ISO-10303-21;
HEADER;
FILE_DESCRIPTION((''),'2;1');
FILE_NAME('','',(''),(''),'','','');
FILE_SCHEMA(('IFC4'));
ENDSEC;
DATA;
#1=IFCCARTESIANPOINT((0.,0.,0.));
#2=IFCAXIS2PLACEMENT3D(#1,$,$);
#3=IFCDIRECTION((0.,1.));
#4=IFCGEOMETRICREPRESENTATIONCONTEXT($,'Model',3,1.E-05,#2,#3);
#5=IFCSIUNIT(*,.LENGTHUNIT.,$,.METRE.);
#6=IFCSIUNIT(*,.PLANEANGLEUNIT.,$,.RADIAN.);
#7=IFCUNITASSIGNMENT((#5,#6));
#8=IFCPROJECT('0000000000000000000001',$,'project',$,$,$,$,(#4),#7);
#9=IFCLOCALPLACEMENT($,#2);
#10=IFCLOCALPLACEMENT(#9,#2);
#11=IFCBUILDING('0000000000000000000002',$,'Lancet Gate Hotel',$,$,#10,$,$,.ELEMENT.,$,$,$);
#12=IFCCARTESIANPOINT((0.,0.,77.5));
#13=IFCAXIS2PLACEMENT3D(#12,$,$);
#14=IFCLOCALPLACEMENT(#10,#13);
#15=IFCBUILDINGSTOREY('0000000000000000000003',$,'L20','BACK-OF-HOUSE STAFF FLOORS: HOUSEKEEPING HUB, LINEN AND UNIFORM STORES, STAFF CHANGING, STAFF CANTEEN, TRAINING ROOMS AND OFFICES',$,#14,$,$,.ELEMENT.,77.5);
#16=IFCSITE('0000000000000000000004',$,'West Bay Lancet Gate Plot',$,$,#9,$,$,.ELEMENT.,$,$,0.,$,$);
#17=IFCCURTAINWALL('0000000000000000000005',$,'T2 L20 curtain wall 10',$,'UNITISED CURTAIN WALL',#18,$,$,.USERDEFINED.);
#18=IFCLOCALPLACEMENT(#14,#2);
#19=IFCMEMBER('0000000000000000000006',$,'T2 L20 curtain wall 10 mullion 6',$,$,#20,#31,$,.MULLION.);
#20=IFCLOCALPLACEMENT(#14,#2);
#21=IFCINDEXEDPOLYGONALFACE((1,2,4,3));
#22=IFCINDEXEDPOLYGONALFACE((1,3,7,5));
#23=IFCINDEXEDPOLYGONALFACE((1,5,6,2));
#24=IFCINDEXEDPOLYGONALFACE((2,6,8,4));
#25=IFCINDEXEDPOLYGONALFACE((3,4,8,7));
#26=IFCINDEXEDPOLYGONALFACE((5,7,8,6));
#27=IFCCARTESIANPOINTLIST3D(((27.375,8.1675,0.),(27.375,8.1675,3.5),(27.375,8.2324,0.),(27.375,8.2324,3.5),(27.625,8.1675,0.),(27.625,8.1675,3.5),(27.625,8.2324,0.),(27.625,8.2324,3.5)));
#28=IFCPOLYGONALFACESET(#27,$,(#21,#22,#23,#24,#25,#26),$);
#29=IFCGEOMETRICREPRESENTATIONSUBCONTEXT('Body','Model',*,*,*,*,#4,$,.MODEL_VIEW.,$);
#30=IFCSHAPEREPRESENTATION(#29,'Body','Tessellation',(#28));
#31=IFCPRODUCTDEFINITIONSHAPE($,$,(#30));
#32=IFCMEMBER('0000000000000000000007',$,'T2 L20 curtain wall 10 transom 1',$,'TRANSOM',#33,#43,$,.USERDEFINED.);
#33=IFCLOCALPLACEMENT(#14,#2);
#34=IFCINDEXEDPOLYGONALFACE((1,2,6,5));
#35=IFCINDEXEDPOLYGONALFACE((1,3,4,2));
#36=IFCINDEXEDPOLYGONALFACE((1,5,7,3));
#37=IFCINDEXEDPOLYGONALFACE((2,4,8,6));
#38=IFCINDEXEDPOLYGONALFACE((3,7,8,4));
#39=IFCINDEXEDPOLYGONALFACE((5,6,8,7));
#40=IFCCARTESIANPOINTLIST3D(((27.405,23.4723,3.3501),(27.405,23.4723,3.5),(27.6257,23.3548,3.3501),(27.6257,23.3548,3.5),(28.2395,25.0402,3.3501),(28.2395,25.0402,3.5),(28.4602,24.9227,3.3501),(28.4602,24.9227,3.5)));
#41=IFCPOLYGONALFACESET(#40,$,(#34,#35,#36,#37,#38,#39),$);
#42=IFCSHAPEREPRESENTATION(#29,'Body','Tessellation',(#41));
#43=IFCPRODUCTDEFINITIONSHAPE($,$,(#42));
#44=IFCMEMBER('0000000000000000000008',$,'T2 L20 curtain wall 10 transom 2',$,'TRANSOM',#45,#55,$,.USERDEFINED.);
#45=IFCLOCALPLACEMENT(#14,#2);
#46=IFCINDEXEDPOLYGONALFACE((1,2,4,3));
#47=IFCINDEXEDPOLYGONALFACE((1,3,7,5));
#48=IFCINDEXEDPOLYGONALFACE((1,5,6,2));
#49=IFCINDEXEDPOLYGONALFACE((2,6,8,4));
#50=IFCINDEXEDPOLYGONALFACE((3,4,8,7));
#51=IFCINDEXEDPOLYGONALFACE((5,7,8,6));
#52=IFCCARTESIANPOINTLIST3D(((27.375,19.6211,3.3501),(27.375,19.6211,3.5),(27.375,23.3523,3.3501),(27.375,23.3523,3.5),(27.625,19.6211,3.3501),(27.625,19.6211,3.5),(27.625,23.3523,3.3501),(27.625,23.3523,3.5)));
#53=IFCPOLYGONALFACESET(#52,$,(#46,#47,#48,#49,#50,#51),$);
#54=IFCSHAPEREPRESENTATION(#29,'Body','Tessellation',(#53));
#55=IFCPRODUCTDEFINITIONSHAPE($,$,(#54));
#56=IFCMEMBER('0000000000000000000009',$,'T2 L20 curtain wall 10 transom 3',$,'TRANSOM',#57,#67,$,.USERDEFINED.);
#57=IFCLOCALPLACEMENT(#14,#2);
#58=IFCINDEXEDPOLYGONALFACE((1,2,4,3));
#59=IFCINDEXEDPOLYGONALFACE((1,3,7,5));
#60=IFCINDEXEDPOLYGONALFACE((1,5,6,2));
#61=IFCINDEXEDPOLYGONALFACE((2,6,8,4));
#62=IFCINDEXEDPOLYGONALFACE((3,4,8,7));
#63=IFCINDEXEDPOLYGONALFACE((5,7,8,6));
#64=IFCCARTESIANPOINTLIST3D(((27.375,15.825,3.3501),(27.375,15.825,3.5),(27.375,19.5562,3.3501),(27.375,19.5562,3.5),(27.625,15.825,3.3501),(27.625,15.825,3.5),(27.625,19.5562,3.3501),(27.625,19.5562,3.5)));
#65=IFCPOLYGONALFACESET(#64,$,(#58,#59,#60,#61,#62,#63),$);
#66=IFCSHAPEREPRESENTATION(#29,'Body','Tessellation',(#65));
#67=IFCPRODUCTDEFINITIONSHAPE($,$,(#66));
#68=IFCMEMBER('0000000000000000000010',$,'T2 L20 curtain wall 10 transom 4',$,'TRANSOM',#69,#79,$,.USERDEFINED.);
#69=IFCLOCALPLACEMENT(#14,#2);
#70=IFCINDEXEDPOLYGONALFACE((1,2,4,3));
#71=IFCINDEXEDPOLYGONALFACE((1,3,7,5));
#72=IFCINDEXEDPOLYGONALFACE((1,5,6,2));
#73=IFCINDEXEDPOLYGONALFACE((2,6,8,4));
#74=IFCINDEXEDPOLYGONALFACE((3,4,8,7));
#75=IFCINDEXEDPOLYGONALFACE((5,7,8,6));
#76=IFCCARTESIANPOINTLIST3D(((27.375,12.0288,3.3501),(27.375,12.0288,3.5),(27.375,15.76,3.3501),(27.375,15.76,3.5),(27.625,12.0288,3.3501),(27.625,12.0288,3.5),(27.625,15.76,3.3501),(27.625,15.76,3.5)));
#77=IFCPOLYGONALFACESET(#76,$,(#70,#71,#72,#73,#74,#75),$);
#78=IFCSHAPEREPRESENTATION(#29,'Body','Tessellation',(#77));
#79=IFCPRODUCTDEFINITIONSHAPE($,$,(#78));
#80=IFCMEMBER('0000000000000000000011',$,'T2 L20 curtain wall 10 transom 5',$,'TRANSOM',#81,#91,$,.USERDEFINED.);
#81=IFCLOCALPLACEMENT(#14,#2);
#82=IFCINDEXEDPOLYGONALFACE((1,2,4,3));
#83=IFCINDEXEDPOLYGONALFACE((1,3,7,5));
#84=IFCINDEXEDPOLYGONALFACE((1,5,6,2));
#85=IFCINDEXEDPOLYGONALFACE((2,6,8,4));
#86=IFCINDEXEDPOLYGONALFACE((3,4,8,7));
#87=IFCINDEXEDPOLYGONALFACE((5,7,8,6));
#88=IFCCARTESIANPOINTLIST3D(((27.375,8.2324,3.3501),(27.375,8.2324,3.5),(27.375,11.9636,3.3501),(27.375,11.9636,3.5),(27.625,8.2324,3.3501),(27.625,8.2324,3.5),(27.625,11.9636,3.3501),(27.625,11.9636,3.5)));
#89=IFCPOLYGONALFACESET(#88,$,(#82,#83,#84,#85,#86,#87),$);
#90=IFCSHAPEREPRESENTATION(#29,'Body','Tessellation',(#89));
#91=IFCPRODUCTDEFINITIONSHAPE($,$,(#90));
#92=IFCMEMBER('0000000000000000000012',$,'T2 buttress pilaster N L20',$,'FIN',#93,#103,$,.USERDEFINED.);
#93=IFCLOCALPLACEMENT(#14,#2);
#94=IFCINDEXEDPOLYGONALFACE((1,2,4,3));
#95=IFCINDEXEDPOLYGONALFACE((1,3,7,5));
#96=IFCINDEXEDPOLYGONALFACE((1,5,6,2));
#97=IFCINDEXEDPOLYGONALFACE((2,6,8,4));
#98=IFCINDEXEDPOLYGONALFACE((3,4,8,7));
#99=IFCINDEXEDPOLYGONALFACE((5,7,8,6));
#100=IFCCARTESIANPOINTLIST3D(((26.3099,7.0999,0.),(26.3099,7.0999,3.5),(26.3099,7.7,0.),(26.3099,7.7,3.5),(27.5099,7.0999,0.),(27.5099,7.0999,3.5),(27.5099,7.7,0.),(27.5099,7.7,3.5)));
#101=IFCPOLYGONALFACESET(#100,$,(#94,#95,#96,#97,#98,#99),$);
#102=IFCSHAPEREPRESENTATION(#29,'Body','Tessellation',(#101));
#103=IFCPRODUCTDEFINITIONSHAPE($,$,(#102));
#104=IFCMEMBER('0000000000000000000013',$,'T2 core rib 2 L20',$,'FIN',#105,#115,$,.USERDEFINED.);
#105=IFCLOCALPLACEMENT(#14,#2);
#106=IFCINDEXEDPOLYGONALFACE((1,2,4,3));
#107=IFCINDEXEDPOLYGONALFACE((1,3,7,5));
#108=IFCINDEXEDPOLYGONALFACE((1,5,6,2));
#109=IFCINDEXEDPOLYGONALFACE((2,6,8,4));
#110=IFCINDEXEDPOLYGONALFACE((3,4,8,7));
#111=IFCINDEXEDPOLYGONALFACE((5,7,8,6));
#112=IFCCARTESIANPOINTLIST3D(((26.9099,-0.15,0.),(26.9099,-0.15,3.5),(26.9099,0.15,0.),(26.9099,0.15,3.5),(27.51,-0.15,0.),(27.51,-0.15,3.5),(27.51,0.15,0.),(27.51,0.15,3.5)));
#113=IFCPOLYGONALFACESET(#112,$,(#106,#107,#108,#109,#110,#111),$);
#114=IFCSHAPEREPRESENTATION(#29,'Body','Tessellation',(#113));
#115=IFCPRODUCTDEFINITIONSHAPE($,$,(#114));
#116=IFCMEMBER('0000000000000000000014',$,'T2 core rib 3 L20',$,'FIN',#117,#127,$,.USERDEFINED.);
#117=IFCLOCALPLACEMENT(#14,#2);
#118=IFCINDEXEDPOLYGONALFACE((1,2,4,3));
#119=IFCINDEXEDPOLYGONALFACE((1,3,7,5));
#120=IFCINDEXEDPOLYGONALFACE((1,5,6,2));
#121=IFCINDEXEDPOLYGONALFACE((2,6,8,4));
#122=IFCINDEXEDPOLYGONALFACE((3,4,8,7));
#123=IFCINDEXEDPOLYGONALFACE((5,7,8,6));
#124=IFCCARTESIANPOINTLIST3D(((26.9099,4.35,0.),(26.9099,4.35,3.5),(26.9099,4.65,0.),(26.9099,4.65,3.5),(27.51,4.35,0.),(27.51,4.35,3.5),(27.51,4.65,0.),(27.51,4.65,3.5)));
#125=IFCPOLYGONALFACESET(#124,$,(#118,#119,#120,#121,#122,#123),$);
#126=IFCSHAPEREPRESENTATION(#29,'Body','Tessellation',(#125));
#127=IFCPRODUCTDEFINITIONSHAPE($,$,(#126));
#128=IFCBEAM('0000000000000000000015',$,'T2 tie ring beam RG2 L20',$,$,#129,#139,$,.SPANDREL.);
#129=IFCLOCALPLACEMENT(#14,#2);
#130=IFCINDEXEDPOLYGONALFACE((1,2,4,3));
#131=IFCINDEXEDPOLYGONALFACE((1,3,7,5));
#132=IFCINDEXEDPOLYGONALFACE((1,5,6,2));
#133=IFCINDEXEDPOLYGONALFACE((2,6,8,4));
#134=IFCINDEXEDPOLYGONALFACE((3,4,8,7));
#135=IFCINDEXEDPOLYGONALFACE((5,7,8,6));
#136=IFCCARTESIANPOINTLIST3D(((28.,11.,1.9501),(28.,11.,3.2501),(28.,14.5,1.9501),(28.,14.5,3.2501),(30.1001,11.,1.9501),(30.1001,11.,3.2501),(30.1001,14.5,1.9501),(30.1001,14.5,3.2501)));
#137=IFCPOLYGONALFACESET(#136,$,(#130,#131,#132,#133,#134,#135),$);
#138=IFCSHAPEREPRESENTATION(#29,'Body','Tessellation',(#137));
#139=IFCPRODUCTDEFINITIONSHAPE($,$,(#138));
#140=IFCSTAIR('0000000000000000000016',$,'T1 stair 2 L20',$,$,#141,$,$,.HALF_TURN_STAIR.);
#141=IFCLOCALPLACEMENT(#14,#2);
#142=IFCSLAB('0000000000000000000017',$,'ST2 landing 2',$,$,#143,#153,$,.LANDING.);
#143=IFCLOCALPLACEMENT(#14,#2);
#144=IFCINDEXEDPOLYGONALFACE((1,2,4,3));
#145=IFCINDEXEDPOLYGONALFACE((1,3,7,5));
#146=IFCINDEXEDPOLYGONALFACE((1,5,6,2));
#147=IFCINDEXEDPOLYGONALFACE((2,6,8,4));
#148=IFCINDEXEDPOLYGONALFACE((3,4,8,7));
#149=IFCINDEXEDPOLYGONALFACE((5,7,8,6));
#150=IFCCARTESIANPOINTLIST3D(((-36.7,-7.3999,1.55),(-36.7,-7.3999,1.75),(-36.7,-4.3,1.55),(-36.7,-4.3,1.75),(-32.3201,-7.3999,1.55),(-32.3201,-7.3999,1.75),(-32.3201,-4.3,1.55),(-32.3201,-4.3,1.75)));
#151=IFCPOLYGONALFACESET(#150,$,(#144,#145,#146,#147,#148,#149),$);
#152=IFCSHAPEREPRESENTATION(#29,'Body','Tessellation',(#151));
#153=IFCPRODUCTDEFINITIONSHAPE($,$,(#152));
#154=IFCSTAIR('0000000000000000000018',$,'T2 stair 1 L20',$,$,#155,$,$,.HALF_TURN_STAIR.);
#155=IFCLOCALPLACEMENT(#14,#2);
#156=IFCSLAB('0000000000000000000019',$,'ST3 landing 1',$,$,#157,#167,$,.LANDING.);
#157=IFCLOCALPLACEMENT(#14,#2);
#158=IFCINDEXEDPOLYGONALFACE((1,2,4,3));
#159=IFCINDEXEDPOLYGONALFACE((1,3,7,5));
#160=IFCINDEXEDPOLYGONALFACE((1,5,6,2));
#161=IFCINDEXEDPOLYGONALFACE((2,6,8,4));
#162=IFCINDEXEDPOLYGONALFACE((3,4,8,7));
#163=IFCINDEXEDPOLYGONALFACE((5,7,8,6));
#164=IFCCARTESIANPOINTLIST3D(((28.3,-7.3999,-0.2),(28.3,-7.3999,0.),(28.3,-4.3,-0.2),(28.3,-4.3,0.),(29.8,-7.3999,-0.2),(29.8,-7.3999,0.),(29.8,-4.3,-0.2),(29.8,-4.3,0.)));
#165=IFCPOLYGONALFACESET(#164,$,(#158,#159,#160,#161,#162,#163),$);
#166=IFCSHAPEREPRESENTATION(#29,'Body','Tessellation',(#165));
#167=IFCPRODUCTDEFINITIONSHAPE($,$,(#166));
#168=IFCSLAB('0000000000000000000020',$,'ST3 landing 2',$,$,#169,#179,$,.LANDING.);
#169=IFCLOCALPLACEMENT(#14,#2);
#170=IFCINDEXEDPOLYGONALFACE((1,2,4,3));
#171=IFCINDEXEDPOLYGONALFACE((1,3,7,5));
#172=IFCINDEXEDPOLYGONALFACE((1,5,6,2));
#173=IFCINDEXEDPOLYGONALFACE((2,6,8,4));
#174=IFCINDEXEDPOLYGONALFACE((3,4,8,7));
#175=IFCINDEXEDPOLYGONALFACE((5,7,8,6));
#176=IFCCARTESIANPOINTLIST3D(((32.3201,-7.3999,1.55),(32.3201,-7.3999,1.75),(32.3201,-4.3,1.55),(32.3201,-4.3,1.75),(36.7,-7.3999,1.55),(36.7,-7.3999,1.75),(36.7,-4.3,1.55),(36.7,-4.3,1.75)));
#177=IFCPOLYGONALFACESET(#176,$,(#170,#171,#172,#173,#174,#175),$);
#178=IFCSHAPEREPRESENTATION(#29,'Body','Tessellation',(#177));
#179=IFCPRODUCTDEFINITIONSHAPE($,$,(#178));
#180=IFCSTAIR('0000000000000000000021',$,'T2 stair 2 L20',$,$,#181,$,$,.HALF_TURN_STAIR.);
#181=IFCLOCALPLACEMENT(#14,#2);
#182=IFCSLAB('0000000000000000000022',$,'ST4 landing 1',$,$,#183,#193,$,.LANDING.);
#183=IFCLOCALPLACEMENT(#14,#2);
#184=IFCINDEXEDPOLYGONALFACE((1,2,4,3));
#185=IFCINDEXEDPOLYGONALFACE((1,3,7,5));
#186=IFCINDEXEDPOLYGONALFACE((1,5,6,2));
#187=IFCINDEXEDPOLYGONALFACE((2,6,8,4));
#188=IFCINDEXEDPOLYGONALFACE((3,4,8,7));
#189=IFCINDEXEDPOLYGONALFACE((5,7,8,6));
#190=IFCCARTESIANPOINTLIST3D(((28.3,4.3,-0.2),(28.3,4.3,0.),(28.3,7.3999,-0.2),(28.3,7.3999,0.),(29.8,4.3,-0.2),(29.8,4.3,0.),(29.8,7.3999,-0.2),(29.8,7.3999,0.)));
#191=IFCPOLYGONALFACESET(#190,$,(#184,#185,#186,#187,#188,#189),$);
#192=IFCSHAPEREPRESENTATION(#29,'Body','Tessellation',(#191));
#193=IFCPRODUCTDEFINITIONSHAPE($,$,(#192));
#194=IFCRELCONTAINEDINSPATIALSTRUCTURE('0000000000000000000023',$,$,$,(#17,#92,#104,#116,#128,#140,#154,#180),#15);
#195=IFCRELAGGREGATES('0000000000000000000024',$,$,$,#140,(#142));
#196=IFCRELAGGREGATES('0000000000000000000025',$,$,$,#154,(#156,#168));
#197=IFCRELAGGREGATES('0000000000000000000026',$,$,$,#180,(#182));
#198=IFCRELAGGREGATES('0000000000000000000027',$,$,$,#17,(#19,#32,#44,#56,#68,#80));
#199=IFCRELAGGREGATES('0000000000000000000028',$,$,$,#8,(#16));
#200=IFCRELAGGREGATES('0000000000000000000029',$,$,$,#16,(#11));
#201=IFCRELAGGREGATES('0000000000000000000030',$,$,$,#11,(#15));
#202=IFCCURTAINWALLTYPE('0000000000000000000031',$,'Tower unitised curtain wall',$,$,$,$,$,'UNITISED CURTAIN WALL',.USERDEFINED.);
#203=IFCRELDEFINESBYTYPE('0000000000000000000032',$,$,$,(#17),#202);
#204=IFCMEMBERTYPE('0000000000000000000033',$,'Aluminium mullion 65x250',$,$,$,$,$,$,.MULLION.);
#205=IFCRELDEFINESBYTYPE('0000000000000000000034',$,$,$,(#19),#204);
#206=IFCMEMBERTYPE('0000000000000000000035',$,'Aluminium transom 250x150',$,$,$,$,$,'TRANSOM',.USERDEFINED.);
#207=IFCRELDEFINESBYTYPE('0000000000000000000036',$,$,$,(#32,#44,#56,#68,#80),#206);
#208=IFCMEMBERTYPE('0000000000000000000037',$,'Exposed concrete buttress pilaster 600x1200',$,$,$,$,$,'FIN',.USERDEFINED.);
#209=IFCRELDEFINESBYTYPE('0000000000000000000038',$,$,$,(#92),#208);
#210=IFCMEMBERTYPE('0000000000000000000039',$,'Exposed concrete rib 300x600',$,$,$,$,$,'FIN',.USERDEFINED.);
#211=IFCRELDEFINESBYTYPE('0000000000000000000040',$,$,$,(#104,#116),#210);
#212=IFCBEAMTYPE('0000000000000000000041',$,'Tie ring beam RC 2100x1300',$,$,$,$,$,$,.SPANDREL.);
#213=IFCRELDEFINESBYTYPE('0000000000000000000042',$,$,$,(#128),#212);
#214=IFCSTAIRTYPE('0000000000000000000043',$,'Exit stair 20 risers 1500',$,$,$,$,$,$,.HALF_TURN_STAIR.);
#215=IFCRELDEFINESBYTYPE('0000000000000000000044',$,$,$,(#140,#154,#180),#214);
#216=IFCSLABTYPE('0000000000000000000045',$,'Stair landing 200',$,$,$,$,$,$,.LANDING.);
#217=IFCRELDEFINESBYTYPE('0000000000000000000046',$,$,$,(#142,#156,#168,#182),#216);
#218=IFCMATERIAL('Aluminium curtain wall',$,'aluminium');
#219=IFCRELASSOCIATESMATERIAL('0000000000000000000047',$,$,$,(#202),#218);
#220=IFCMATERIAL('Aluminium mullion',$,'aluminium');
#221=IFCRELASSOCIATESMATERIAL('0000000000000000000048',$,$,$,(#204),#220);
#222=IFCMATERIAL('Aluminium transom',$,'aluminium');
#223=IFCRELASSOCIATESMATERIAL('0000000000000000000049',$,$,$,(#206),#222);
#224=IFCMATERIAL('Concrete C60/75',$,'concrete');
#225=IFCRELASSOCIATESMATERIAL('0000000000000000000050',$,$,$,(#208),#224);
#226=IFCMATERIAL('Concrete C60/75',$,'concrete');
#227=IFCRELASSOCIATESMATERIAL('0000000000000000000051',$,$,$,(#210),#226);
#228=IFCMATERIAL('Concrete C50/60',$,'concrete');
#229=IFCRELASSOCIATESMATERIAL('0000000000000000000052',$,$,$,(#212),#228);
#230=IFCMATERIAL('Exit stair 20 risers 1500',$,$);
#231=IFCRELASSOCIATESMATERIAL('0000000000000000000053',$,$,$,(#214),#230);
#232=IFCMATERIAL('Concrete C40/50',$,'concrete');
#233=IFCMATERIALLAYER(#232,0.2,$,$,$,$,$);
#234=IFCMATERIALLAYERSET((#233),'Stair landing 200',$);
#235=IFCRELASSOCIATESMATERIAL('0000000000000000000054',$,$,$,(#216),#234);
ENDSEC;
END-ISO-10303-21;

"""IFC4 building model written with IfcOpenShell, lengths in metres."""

from ifc_helpers import new_model, si_unit, direction, frame, origin, origin_2d, place, context, subcontext, project, spatial, polyline, rectangle, outline, extrude, material, layer, layer_set, material_profile, profile_set, type_object, element, aggregate, save


model = new_model("IFC4")

# Units and contexts
model_context = context("Model", 3, precision=1e-05, world=origin(), true_north=direction((0.0, 1.0)))
body_context = subcontext(model_context, "Body", "Model", "MODEL_VIEW")
ifc_project = project(units=[si_unit("LENGTHUNIT", "METRE"), si_unit("PLANEANGLEUNIT", "RADIAN")], contexts=[model_context])

# Site, building, storey
site_placement = place(None, origin())
site = spatial("IfcSite", under=ifc_project, at=site_placement, Name="West Bay Lancet Gate Plot", CompositionType="ELEMENT", RefElevation=0.0)
building_placement = place(site_placement, origin())
building = spatial("IfcBuilding", under=site, at=building_placement, Name="Lancet Gate Hotel", CompositionType="ELEMENT")
storey_placement = place(building_placement, frame((0.0, 0.0, 77.5)))
storey = spatial("IfcBuildingStorey", under=building, at=storey_placement, Name="L20", Description="BACK-OF-HOUSE STAFF FLOORS: HOUSEKEEPING HUB, LINEN AND UNIFORM STORES, STAFF CHANGING, STAFF CANTEEN, TRAINING ROOMS AND OFFICES", CompositionType="ELEMENT", Elevation=77.5)

# Curtain wall, members
ifc_material_1 = material(Name="Aluminium curtain wall", Category="aluminium")
curtain_wall_type = type_object("IfcCurtainWallType", Name="Tower unitised curtain wall", ElementType="UNITISED CURTAIN WALL", PredefinedType="USERDEFINED", material=ifc_material_1)
curtain_wall_placement = place(storey_placement, origin())
curtain_wall = element("IfcCurtainWall", 1, at=curtain_wall_placement, inside=storey, type_object=curtain_wall_type, Name="T2 L20 curtain wall 10", ObjectType="UNITISED CURTAIN WALL", PredefinedType="USERDEFINED")
ifc_material_2 = material(Name="Aluminium mullion", Category="aluminium")
ifc_material_profile_1 = material_profile(ifc_material_2, rectangle(XDim=0.0649, YDim=0.25, at=origin_2d()), Name="MULLION 65x250")
ifc_profile_set_1 = profile_set([ifc_material_profile_1], Name="Aluminium mullion")
member_type_1 = type_object("IfcMemberType", Name="Aluminium mullion 65x250", PredefinedType="MULLION", material=ifc_profile_set_1)
member_1_placement = place(storey_placement, frame((27.5, 8.2, 0.0), z_axis=(0.0, 0.0, 1.0), x_axis=(0.0, -1.0, 0.0)))
member_1 = element("IfcMember", 2, at=member_1_placement, type_object=member_type_1, Name="T2 L20 curtain wall 10 mullion 6", PredefinedType="MULLION", context=body_context, shape_type="SweptSolid", body=[
    extrude(rectangle(XDim=0.0649, YDim=0.25, at=origin_2d()), origin(), (0.0, 0.0, 1.0), 3.5),
])
ifc_material_3 = material(Name="Aluminium transom", Category="aluminium")
ifc_material_profile_2 = material_profile(ifc_material_3, rectangle(XDim=0.25, YDim=0.1499, at=origin_2d()), Name="TRANSOM 250x150")
ifc_profile_set_2 = profile_set([ifc_material_profile_2], Name="Aluminium transom")
member_type_2 = type_object("IfcMemberType", Name="Aluminium transom 250x150", ElementType="TRANSOM", PredefinedType="USERDEFINED", material=ifc_profile_set_2)
member_2_placement = place(storey_placement, frame((28.3499, 24.9814, 3.425), z_axis=(-0.469832, -0.882756, 0.0), x_axis=(0.882756, -0.469832, 0.0)))
member_2 = element("IfcMember", 3, at=member_2_placement, type_object=member_type_2, Name="T2 L20 curtain wall 10 transom 1", ObjectType="TRANSOM", PredefinedType="USERDEFINED", context=body_context, shape_type="SweptSolid", body=[
    extrude(rectangle(XDim=0.25, YDim=0.1499, at=origin_2d()), origin(), (0.0, 0.0, 1.0), 1.7761),
])
member_3_placement = place(storey_placement, frame((27.5, 23.3523, 3.425), z_axis=(0.0, -1.0, 0.0), x_axis=(1.0, 0.0, 0.0)))
member_3 = element("IfcMember", 4, at=member_3_placement, type_object=member_type_2, Name="T2 L20 curtain wall 10 transom 2", ObjectType="TRANSOM", PredefinedType="USERDEFINED", context=body_context, shape_type="SweptSolid", body=[
    extrude(rectangle(XDim=0.25, YDim=0.1499, at=origin_2d()), origin(), (0.0, 0.0, 1.0), 3.7312),
])
member_4_placement = place(storey_placement, frame((27.5, 19.5562, 3.425), z_axis=(0.0, -1.0, 0.0), x_axis=(1.0, 0.0, 0.0)))
member_4 = element("IfcMember", 5, at=member_4_placement, type_object=member_type_2, Name="T2 L20 curtain wall 10 transom 3", ObjectType="TRANSOM", PredefinedType="USERDEFINED", context=body_context, shape_type="SweptSolid", body=[
    extrude(rectangle(XDim=0.25, YDim=0.1499, at=origin_2d()), origin(), (0.0, 0.0, 1.0), 3.7312),
])
member_5_placement = place(storey_placement, frame((27.5, 15.76, 3.425), z_axis=(0.0, -1.0, 0.0), x_axis=(1.0, 0.0, 0.0)))
member_5 = element("IfcMember", 6, at=member_5_placement, type_object=member_type_2, Name="T2 L20 curtain wall 10 transom 4", ObjectType="TRANSOM", PredefinedType="USERDEFINED", context=body_context, shape_type="SweptSolid", body=[
    extrude(rectangle(XDim=0.25, YDim=0.1499, at=origin_2d()), origin(), (0.0, 0.0, 1.0), 3.7312),
])
member_6_placement = place(storey_placement, frame((27.5, 11.9636, 3.425), z_axis=(0.0, -1.0, 0.0), x_axis=(1.0, 0.0, 0.0)))
member_6 = element("IfcMember", 7, at=member_6_placement, type_object=member_type_2, Name="T2 L20 curtain wall 10 transom 5", ObjectType="TRANSOM", PredefinedType="USERDEFINED", context=body_context, shape_type="SweptSolid", body=[
    extrude(rectangle(XDim=0.25, YDim=0.1499, at=origin_2d()), origin(), (0.0, 0.0, 1.0), 3.7312),
])

# Members
ifc_material_4 = material(Name="Concrete C60/75", Category="concrete")
ifc_material_profile_3 = material_profile(ifc_material_4, rectangle(XDim=0.6001, YDim=1.2, at=origin_2d()), Name="FIN 600x1200")
ifc_profile_set_3 = profile_set([ifc_material_profile_3], Name="Concrete C60/75")
member_type_3 = type_object("IfcMemberType", Name="Exposed concrete buttress pilaster 600x1200", ElementType="FIN", PredefinedType="USERDEFINED", material=ifc_profile_set_3)
member_7_placement = place(storey_placement, frame((26.9099, 7.3999, 0.0), z_axis=(0.0, 0.0, 1.0), x_axis=(0.0, 1.0, 0.0)))
element("IfcMember", 8, at=member_7_placement, inside=storey, type_object=member_type_3, Name="T2 buttress pilaster N L20", ObjectType="FIN", PredefinedType="USERDEFINED", context=body_context, shape_type="SweptSolid", body=[
    extrude(rectangle(XDim=0.6001, YDim=1.2, at=origin_2d()), origin(), (0.0, 0.0, 1.0), 3.5),
])
ifc_material_5 = material(Name="Concrete C60/75", Category="concrete")
ifc_material_profile_4 = material_profile(ifc_material_5, rectangle(XDim=0.3, YDim=0.6001, at=origin_2d()), Name="FIN 300x600")
ifc_profile_set_4 = profile_set([ifc_material_profile_4], Name="Concrete C60/75")
member_type_4 = type_object("IfcMemberType", Name="Exposed concrete rib 300x600", ElementType="FIN", PredefinedType="USERDEFINED", material=ifc_profile_set_4)
for number, where, z_axis, x_axis, name in (
    (9, (27.21, 0.0, 0.0), (0.0, 0.0, 1.0), (0.0, 1.0, 0.0), "T2 core rib 2 L20"),
    (10, (27.21, 4.5, 0.0), (0.0, 0.0, 1.0), (0.0, 1.0, 0.0), "T2 core rib 3 L20"),
):
    element("IfcMember", number, at=place(storey_placement, frame(where, z_axis=z_axis, x_axis=x_axis)), inside=storey, type_object=member_type_4, Name=name, ObjectType="FIN", PredefinedType="USERDEFINED", context=body_context, shape_type="SweptSolid", body=[
        extrude(rectangle(XDim=0.3, YDim=0.6001, at=origin_2d()), origin(), (0.0, 0.0, 1.0), 3.5),
    ])

# Beam
ifc_material_6 = material(Name="Concrete C50/60", Category="concrete")
ifc_material_profile_5 = material_profile(ifc_material_6, rectangle(XDim=2.1001, YDim=1.3, at=origin_2d()), Name="RC 2100x1300")
ifc_profile_set_5 = profile_set([ifc_material_profile_5], Name="Concrete C50/60")
beam_type = type_object("IfcBeamType", Name="Tie ring beam RC 2100x1300", PredefinedType="SPANDREL", material=ifc_profile_set_5)
beam_placement = place(storey_placement, frame((29.05, 11.0, 2.6001), z_axis=(0.0, 1.0, 0.0), x_axis=(-1.0, 0.0, 0.0)))
element("IfcBeam", 11, at=beam_placement, inside=storey, type_object=beam_type, Name="T2 tie ring beam RG2 L20", PredefinedType="SPANDREL", context=body_context, shape_type="SweptSolid", body=[
    extrude(rectangle(XDim=2.1001, YDim=1.3, at=origin_2d()), origin(), (0.0, 0.0, 1.0), 3.5),
])

# Stair, slab
ifc_material_7 = material(Name="Exit stair 20 risers 1500")
stair_type = type_object("IfcStairType", Name="Exit stair 20 risers 1500", PredefinedType="HALF_TURN_STAIR", material=ifc_material_7)
stair_1_placement = place(storey_placement, origin())
stair_1 = element("IfcStair", 12, at=stair_1_placement, inside=storey, type_object=stair_type, Name="T1 stair 2 L20", PredefinedType="HALF_TURN_STAIR")
ifc_material_8 = material(Name="Concrete C40/50", Category="concrete")
ifc_layer_1 = layer(ifc_material_8, 0.2)
ifc_layer_set_1 = layer_set([ifc_layer_1], Name="Stair landing 200")
slab_type = type_object("IfcSlabType", Name="Stair landing 200", PredefinedType="LANDING", material=ifc_layer_set_1)
slab_1_placement = place(storey_placement, frame((0.0, 0.0, 1.55)))
slab_1 = element("IfcSlab", 13, at=slab_1_placement, type_object=slab_type, Name="ST2 landing 2", PredefinedType="LANDING", context=body_context, shape_type="SweptSolid", body=[
    extrude(outline(polyline([(-32.3201, -4.3), (-36.7, -4.3), (-36.7, -7.3999), (-32.3201, -7.3999), (-32.3201, -4.3)])), origin(), (0.0, 0.0, 1.0), 0.2),
])
aggregate(stair_1, [slab_1])

# Stairs, slabs
stair_2_placement = place(storey_placement, origin())
stair_2 = element("IfcStair", 14, at=stair_2_placement, inside=storey, type_object=stair_type, Name="T2 stair 1 L20", PredefinedType="HALF_TURN_STAIR")
slab_2_placement = place(storey_placement, frame((0.0, 0.0, -0.2)))
slab_2 = element("IfcSlab", 15, at=slab_2_placement, type_object=slab_type, Name="ST3 landing 1", PredefinedType="LANDING", context=body_context, shape_type="SweptSolid", body=[
    extrude(outline(polyline([(28.3, -7.3999), (29.8, -7.3999), (29.8, -4.3), (28.3, -4.3), (28.3, -7.3999)])), origin(), (0.0, 0.0, 1.0), 0.2),
])
slab_3_placement = place(storey_placement, frame((0.0, 0.0, 1.55)))
slab_3 = element("IfcSlab", 16, at=slab_3_placement, type_object=slab_type, Name="ST3 landing 2", PredefinedType="LANDING", context=body_context, shape_type="SweptSolid", body=[
    extrude(outline(polyline([(32.3201, -7.3999), (36.7, -7.3999), (36.7, -4.3), (32.3201, -4.3), (32.3201, -7.3999)])), origin(), (0.0, 0.0, 1.0), 0.2),
])
aggregate(stair_2, [slab_2, slab_3])
stair_3_placement = place(storey_placement, origin())
stair_3 = element("IfcStair", 17, at=stair_3_placement, inside=storey, type_object=stair_type, Name="T2 stair 2 L20", PredefinedType="HALF_TURN_STAIR")
slab_4_placement = place(storey_placement, frame((0.0, 0.0, -0.2)))
slab_4 = element("IfcSlab", 18, at=slab_4_placement, type_object=slab_type, Name="ST4 landing 1", PredefinedType="LANDING", context=body_context, shape_type="SweptSolid", body=[
    extrude(outline(polyline([(28.3, 4.3), (29.8, 4.3), (29.8, 7.3999), (28.3, 7.3999), (28.3, 4.3)])), origin(), (0.0, 0.0, 1.0), 0.2),
])
aggregate(stair_3, [slab_4])

aggregate(curtain_wall, [member_1, member_2, member_3, member_4, member_5, member_6])

save(model, "model.ifc")
